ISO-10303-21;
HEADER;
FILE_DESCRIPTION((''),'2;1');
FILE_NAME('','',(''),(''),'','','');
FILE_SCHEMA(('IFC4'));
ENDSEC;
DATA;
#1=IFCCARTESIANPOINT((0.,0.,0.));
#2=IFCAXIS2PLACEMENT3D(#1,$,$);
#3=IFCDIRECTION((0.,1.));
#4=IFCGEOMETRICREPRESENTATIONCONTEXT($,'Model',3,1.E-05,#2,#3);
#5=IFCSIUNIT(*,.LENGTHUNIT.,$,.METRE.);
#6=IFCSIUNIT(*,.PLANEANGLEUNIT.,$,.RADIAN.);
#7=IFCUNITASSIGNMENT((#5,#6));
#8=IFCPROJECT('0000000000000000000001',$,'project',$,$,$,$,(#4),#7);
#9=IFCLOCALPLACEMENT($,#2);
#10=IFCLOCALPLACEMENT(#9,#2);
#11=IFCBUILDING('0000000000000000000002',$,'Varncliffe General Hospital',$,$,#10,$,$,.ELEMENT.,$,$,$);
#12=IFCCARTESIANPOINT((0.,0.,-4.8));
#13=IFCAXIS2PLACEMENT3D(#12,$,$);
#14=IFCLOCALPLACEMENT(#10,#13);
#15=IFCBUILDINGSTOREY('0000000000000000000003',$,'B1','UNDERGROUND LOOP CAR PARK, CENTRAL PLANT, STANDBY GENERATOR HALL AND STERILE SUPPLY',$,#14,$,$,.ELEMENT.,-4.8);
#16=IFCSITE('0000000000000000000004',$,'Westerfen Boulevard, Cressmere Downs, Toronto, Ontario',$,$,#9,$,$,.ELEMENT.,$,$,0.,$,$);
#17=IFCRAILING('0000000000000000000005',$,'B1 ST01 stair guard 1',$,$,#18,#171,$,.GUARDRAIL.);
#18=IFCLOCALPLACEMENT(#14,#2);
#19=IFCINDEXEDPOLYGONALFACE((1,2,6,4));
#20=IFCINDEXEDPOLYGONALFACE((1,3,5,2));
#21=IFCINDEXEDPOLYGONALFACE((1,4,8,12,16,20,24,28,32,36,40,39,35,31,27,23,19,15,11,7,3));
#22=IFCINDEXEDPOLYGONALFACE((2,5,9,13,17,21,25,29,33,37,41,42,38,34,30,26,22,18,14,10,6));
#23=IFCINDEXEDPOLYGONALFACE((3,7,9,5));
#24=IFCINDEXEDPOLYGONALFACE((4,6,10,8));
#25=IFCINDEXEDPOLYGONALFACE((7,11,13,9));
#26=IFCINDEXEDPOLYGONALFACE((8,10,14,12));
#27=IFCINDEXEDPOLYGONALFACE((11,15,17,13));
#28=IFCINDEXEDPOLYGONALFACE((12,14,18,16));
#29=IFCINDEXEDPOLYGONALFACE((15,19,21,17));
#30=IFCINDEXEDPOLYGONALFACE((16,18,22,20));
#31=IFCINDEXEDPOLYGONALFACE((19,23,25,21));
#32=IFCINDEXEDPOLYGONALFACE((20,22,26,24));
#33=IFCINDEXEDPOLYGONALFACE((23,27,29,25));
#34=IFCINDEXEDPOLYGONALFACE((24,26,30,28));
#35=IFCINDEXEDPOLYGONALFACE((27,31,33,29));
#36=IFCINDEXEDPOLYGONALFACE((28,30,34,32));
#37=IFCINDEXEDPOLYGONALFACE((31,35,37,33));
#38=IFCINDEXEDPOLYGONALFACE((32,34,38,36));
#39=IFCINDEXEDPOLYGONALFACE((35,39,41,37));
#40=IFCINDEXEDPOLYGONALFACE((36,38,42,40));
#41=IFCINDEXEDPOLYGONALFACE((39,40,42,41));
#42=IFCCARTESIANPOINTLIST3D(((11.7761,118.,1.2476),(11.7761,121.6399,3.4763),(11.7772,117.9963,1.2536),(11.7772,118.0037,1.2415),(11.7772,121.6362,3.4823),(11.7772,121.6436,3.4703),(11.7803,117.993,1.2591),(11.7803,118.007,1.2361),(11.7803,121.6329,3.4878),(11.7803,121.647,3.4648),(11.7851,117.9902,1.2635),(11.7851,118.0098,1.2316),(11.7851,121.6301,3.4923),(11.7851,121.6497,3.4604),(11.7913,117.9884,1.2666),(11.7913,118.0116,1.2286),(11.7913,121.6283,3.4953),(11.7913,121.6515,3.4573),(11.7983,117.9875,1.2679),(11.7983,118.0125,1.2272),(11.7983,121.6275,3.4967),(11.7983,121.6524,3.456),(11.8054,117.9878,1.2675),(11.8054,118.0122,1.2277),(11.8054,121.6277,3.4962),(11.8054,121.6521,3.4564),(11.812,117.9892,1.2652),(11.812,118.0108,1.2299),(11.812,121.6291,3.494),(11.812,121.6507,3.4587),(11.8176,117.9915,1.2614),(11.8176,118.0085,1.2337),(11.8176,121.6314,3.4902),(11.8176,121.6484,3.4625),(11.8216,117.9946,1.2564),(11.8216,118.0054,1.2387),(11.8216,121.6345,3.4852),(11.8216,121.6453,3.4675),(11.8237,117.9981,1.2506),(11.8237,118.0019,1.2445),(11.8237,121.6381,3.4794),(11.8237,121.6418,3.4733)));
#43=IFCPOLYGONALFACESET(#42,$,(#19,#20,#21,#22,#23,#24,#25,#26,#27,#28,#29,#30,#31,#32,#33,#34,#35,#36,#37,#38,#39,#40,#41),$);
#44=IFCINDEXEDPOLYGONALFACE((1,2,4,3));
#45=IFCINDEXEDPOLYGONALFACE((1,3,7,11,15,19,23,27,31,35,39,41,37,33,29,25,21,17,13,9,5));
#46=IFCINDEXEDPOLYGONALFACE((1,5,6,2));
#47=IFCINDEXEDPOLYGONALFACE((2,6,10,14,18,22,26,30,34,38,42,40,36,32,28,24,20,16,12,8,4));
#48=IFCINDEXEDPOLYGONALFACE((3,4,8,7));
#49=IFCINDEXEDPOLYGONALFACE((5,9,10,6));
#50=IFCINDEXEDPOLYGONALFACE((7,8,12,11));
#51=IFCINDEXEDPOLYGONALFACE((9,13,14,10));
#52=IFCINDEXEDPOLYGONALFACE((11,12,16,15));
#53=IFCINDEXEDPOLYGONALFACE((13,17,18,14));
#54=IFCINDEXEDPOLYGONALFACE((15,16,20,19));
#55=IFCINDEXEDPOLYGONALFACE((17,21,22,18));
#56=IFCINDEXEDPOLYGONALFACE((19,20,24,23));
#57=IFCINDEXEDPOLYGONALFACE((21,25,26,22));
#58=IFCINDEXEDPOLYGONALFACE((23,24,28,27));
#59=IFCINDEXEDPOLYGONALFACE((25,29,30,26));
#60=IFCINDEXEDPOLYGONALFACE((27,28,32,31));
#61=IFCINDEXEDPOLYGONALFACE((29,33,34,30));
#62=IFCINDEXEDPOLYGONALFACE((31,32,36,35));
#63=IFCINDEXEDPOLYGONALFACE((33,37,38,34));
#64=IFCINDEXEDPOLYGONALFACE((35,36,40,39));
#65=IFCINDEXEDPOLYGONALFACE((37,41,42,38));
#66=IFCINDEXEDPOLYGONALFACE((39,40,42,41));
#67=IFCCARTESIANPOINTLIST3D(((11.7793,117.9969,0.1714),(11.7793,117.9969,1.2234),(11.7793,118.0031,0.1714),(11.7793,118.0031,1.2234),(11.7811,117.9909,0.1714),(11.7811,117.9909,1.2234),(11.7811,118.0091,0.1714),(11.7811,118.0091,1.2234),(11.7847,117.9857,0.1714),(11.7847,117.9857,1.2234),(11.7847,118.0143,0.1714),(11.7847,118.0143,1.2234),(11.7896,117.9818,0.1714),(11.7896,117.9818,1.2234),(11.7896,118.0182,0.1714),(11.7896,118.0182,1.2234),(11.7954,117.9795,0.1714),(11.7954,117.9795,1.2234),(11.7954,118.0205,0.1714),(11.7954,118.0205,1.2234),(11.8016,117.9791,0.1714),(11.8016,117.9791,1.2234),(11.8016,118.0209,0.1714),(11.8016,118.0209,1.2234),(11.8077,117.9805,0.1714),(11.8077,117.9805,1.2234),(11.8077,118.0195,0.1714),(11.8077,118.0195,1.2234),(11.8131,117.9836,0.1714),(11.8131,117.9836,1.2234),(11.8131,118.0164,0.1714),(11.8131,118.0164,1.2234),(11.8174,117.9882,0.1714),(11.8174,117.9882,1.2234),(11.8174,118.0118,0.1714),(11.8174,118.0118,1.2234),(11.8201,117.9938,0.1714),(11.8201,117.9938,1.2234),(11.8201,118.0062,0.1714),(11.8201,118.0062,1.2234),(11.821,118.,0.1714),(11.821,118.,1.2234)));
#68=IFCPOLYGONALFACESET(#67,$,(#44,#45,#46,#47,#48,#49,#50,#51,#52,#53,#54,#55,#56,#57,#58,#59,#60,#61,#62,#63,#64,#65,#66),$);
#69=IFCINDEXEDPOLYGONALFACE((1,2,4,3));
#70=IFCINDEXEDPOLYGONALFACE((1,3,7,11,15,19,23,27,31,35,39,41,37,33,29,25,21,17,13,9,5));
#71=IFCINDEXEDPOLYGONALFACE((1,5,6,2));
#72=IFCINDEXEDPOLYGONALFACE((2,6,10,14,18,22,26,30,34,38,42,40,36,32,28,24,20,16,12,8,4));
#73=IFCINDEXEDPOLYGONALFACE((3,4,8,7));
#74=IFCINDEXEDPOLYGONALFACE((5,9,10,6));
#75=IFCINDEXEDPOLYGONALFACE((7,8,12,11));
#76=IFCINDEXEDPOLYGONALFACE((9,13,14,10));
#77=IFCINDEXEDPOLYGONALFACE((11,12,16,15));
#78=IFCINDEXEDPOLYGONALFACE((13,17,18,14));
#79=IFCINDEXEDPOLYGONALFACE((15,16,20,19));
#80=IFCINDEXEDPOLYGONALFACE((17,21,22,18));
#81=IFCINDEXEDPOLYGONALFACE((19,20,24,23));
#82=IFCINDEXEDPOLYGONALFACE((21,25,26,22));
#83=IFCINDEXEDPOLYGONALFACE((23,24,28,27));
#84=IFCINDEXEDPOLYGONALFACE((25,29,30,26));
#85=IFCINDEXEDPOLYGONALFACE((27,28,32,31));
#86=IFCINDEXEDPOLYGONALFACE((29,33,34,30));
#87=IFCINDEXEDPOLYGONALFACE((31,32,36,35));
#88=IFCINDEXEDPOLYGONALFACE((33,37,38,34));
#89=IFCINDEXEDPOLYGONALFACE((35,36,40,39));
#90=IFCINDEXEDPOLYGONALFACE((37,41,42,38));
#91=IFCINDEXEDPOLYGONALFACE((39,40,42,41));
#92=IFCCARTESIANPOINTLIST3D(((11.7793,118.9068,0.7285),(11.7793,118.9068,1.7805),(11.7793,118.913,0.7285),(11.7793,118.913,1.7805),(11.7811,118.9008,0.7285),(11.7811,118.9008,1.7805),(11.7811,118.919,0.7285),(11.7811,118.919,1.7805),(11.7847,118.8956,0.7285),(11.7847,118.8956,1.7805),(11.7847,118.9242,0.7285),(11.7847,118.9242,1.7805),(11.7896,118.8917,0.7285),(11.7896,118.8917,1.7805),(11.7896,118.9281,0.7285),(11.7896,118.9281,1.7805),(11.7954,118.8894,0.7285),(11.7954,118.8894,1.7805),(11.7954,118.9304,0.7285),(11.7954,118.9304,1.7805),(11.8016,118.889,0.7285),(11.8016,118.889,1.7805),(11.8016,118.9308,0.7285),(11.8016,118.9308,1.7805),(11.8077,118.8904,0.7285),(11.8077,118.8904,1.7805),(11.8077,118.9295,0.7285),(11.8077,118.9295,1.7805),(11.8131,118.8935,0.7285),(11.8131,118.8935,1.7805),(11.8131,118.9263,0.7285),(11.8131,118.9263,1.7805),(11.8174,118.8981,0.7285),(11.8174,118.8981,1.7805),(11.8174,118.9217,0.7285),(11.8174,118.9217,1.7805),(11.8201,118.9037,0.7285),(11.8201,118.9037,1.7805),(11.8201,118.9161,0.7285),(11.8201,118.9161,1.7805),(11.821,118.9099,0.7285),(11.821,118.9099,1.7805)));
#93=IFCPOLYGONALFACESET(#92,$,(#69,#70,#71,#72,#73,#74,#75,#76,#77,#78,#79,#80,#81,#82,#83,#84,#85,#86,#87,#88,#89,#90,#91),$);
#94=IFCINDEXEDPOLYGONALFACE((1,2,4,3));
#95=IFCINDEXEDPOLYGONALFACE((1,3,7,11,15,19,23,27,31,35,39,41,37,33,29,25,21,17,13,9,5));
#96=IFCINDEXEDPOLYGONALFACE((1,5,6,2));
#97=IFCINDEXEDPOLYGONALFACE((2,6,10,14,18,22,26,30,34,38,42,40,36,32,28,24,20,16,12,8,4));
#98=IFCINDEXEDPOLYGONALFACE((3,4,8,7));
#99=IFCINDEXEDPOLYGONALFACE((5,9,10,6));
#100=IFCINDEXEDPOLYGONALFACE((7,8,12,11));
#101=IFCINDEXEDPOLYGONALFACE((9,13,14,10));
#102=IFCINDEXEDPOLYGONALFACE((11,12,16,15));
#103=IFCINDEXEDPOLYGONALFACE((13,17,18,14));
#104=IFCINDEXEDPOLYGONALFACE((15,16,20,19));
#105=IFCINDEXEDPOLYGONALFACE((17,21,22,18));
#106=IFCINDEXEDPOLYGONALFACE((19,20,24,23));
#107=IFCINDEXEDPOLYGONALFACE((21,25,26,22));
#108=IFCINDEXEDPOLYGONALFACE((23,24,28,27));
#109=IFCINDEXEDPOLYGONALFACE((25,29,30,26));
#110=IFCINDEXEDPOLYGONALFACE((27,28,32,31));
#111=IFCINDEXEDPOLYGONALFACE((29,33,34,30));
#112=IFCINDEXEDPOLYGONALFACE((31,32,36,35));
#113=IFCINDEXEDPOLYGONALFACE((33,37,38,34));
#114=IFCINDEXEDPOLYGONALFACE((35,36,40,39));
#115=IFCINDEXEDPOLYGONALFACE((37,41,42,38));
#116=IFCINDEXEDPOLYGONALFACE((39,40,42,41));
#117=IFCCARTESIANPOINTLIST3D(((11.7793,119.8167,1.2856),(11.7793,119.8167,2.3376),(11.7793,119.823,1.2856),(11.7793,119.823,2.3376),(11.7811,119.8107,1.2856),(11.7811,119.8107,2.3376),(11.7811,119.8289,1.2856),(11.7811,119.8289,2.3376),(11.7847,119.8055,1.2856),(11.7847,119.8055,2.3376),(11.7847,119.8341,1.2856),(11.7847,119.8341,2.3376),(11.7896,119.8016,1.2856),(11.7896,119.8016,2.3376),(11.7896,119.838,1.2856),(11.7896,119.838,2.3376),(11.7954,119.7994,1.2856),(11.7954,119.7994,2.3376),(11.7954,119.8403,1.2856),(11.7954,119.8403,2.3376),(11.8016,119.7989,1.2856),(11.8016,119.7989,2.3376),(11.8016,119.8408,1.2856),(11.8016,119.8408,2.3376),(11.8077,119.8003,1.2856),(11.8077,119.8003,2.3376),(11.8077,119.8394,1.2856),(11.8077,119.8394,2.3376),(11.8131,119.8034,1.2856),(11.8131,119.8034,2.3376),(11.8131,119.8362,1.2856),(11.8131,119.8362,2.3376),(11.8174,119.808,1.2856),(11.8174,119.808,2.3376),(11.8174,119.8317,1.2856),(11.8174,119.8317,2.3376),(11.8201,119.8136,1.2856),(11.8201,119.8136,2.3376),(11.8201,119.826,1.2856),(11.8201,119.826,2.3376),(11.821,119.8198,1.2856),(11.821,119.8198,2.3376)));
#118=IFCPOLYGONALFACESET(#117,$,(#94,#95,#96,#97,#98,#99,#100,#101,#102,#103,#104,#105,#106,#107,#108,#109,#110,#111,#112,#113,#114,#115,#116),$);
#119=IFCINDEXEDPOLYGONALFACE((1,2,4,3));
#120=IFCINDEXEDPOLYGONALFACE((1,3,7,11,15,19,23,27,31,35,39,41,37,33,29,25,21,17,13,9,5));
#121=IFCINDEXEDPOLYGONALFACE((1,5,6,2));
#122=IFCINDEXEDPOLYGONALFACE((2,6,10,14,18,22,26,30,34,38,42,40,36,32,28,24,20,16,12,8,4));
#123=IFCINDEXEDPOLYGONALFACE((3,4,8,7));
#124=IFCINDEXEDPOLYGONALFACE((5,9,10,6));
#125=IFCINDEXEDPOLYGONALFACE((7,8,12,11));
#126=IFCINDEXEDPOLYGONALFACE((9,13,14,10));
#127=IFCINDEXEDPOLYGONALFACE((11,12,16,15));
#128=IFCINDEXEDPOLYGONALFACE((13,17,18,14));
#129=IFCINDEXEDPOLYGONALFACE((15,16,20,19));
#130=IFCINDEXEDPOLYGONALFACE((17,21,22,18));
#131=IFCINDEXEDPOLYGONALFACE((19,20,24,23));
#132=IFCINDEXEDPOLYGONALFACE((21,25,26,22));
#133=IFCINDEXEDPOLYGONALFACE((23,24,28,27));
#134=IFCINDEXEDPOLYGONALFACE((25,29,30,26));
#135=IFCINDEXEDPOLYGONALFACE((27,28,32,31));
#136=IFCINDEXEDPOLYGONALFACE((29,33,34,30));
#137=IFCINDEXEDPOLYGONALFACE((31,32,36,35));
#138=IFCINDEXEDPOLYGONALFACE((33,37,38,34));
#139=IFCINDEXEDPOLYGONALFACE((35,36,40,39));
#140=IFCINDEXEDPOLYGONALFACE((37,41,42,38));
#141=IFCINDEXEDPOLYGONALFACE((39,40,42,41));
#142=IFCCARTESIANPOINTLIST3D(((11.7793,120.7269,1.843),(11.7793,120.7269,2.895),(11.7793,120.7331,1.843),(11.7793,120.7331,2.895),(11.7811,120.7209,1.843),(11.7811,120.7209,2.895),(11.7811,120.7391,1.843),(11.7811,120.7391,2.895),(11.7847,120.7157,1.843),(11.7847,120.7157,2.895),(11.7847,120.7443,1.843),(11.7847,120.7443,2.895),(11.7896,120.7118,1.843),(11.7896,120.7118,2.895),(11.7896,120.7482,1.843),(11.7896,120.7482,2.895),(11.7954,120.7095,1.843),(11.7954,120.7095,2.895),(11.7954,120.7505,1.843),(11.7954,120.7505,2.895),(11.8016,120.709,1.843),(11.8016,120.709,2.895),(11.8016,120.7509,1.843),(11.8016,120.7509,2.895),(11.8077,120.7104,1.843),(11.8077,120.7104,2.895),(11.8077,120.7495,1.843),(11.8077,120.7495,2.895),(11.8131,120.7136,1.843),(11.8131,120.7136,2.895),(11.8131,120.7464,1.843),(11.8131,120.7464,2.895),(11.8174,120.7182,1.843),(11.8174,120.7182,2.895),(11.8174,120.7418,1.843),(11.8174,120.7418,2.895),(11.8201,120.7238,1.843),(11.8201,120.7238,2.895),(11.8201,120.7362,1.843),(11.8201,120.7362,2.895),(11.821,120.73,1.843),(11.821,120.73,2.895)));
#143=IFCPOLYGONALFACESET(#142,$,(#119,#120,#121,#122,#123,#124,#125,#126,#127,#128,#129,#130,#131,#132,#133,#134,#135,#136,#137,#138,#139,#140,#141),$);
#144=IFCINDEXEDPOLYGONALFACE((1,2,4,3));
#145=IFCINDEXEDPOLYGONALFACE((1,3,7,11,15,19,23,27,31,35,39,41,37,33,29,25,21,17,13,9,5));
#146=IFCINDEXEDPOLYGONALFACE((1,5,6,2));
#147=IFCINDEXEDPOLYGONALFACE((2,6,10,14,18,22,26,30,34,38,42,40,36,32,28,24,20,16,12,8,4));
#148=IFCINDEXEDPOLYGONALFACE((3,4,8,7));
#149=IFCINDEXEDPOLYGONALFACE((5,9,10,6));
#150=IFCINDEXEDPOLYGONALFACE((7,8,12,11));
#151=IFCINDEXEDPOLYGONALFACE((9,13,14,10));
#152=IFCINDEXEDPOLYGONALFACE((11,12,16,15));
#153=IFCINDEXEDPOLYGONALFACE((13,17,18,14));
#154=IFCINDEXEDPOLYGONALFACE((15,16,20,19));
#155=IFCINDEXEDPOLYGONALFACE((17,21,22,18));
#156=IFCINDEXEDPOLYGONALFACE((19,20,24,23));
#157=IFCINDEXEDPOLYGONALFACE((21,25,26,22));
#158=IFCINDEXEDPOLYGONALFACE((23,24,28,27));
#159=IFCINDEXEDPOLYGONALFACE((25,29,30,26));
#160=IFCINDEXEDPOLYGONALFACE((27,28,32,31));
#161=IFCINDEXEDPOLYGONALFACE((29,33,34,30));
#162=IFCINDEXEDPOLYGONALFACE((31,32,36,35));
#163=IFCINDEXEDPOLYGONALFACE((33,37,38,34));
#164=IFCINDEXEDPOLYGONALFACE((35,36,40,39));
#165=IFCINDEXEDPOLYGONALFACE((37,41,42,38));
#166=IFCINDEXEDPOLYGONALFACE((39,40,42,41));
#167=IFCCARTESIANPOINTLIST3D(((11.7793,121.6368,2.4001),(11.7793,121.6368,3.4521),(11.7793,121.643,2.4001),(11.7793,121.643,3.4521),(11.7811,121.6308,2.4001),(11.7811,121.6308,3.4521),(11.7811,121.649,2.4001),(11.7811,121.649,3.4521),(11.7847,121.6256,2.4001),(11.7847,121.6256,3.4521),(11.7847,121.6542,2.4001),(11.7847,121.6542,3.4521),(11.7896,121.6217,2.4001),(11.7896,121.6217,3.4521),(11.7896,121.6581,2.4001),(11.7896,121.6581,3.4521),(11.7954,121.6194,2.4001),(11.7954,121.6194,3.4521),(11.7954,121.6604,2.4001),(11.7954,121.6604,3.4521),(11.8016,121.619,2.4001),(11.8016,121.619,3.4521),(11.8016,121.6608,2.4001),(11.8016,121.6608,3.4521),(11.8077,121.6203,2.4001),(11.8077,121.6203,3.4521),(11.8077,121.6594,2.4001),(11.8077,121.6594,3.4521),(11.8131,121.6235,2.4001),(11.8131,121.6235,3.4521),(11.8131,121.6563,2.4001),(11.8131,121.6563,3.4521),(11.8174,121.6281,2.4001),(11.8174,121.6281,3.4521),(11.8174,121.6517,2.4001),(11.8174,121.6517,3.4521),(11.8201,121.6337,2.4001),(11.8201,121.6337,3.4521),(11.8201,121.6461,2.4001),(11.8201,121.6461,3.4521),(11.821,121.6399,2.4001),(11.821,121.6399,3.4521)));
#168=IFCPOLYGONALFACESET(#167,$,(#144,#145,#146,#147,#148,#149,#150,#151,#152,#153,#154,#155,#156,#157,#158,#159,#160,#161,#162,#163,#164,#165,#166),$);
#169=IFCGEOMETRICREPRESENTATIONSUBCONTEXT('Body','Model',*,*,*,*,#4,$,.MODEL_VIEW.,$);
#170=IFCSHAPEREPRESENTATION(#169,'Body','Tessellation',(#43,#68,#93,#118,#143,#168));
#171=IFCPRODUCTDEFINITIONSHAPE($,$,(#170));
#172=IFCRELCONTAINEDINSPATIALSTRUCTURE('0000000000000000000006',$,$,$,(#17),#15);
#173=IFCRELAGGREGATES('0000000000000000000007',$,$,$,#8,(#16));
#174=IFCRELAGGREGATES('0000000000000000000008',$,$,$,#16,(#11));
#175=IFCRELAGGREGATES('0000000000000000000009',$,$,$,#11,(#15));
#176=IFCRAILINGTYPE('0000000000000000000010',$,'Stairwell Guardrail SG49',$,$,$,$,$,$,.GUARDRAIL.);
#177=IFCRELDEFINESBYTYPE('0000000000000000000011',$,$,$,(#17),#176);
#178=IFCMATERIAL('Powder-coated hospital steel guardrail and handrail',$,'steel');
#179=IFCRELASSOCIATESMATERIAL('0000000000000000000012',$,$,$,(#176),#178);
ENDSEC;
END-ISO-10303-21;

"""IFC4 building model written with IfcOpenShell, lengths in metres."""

from ifc_helpers import new_model, si_unit, direction, frame, origin, origin_2d, place, context, subcontext, project, spatial, circle, extrude, material, type_object, element, save


model = new_model("IFC4")

# Units and contexts
model_context = context("Model", 3, precision=1e-05, world=origin(), true_north=direction((0.0, 1.0)))
body_context = subcontext(model_context, "Body", "Model", "MODEL_VIEW")
ifc_project = project(units=[si_unit("LENGTHUNIT", "METRE"), si_unit("PLANEANGLEUNIT", "RADIAN")], contexts=[model_context])

# Site, building, storey
site_placement = place(None, origin())
site = spatial("IfcSite", under=ifc_project, at=site_placement, Name="Westerfen Boulevard, Cressmere Downs, Toronto, Ontario", CompositionType="ELEMENT", RefElevation=0.0)
building_placement = place(site_placement, origin())
building = spatial("IfcBuilding", under=site, at=building_placement, Name="Varncliffe General Hospital", CompositionType="ELEMENT")
storey_placement = place(building_placement, frame((0.0, 0.0, -4.8)))
storey = spatial("IfcBuildingStorey", under=building, at=storey_placement, Name="B1", Description="UNDERGROUND LOOP CAR PARK, CENTRAL PLANT, STANDBY GENERATOR HALL AND STERILE SUPPLY", CompositionType="ELEMENT", Elevation=-4.8)

# Railing
ifc_material_1 = material(Name="Powder-coated hospital steel guardrail and handrail", Category="steel")
railing_type_1 = type_object("IfcRailingType", Name="Stairwell Guardrail SG49", PredefinedType="GUARDRAIL", material=ifc_material_1)
railing_1_placement = place(storey_placement, frame((11.8, 118.0, 0.1714)))
element("IfcRailing", 1, at=railing_1_placement, inside=storey, type_object=railing_type_1, Name="B1 ST01 stair guard 1", PredefinedType="GUARDRAIL", context=body_context, shape_type="SweptSolid", body=[
    extrude(circle(Radius=0.0239, at=origin_2d()), frame((0.0, 0.0, 1.0762), z_axis=(0.0, 0.852825, 0.522197), x_axis=(-1.0, 0.0, 0.0)), (0.0, 0.0, 1.0), 4.2681),
    extrude(circle(Radius=0.021, at=origin_2d()), origin(), (0.0, 0.0, 1.0), 1.052),
    extrude(circle(Radius=0.021, at=origin_2d()), frame((0.0, 0.9099, 0.5571)), (0.0, 0.0, 1.0), 1.052),
    extrude(circle(Radius=0.021, at=origin_2d()), frame((0.0, 1.8198, 1.1143)), (0.0, 0.0, 1.0), 1.052),
    extrude(circle(Radius=0.021, at=origin_2d()), frame((0.0, 2.73, 1.6716)), (0.0, 0.0, 1.0), 1.052),
    extrude(circle(Radius=0.021, at=origin_2d()), frame((0.0, 3.6399, 2.2288)), (0.0, 0.0, 1.0), 1.052),
])

save(model, "model.ifc")
